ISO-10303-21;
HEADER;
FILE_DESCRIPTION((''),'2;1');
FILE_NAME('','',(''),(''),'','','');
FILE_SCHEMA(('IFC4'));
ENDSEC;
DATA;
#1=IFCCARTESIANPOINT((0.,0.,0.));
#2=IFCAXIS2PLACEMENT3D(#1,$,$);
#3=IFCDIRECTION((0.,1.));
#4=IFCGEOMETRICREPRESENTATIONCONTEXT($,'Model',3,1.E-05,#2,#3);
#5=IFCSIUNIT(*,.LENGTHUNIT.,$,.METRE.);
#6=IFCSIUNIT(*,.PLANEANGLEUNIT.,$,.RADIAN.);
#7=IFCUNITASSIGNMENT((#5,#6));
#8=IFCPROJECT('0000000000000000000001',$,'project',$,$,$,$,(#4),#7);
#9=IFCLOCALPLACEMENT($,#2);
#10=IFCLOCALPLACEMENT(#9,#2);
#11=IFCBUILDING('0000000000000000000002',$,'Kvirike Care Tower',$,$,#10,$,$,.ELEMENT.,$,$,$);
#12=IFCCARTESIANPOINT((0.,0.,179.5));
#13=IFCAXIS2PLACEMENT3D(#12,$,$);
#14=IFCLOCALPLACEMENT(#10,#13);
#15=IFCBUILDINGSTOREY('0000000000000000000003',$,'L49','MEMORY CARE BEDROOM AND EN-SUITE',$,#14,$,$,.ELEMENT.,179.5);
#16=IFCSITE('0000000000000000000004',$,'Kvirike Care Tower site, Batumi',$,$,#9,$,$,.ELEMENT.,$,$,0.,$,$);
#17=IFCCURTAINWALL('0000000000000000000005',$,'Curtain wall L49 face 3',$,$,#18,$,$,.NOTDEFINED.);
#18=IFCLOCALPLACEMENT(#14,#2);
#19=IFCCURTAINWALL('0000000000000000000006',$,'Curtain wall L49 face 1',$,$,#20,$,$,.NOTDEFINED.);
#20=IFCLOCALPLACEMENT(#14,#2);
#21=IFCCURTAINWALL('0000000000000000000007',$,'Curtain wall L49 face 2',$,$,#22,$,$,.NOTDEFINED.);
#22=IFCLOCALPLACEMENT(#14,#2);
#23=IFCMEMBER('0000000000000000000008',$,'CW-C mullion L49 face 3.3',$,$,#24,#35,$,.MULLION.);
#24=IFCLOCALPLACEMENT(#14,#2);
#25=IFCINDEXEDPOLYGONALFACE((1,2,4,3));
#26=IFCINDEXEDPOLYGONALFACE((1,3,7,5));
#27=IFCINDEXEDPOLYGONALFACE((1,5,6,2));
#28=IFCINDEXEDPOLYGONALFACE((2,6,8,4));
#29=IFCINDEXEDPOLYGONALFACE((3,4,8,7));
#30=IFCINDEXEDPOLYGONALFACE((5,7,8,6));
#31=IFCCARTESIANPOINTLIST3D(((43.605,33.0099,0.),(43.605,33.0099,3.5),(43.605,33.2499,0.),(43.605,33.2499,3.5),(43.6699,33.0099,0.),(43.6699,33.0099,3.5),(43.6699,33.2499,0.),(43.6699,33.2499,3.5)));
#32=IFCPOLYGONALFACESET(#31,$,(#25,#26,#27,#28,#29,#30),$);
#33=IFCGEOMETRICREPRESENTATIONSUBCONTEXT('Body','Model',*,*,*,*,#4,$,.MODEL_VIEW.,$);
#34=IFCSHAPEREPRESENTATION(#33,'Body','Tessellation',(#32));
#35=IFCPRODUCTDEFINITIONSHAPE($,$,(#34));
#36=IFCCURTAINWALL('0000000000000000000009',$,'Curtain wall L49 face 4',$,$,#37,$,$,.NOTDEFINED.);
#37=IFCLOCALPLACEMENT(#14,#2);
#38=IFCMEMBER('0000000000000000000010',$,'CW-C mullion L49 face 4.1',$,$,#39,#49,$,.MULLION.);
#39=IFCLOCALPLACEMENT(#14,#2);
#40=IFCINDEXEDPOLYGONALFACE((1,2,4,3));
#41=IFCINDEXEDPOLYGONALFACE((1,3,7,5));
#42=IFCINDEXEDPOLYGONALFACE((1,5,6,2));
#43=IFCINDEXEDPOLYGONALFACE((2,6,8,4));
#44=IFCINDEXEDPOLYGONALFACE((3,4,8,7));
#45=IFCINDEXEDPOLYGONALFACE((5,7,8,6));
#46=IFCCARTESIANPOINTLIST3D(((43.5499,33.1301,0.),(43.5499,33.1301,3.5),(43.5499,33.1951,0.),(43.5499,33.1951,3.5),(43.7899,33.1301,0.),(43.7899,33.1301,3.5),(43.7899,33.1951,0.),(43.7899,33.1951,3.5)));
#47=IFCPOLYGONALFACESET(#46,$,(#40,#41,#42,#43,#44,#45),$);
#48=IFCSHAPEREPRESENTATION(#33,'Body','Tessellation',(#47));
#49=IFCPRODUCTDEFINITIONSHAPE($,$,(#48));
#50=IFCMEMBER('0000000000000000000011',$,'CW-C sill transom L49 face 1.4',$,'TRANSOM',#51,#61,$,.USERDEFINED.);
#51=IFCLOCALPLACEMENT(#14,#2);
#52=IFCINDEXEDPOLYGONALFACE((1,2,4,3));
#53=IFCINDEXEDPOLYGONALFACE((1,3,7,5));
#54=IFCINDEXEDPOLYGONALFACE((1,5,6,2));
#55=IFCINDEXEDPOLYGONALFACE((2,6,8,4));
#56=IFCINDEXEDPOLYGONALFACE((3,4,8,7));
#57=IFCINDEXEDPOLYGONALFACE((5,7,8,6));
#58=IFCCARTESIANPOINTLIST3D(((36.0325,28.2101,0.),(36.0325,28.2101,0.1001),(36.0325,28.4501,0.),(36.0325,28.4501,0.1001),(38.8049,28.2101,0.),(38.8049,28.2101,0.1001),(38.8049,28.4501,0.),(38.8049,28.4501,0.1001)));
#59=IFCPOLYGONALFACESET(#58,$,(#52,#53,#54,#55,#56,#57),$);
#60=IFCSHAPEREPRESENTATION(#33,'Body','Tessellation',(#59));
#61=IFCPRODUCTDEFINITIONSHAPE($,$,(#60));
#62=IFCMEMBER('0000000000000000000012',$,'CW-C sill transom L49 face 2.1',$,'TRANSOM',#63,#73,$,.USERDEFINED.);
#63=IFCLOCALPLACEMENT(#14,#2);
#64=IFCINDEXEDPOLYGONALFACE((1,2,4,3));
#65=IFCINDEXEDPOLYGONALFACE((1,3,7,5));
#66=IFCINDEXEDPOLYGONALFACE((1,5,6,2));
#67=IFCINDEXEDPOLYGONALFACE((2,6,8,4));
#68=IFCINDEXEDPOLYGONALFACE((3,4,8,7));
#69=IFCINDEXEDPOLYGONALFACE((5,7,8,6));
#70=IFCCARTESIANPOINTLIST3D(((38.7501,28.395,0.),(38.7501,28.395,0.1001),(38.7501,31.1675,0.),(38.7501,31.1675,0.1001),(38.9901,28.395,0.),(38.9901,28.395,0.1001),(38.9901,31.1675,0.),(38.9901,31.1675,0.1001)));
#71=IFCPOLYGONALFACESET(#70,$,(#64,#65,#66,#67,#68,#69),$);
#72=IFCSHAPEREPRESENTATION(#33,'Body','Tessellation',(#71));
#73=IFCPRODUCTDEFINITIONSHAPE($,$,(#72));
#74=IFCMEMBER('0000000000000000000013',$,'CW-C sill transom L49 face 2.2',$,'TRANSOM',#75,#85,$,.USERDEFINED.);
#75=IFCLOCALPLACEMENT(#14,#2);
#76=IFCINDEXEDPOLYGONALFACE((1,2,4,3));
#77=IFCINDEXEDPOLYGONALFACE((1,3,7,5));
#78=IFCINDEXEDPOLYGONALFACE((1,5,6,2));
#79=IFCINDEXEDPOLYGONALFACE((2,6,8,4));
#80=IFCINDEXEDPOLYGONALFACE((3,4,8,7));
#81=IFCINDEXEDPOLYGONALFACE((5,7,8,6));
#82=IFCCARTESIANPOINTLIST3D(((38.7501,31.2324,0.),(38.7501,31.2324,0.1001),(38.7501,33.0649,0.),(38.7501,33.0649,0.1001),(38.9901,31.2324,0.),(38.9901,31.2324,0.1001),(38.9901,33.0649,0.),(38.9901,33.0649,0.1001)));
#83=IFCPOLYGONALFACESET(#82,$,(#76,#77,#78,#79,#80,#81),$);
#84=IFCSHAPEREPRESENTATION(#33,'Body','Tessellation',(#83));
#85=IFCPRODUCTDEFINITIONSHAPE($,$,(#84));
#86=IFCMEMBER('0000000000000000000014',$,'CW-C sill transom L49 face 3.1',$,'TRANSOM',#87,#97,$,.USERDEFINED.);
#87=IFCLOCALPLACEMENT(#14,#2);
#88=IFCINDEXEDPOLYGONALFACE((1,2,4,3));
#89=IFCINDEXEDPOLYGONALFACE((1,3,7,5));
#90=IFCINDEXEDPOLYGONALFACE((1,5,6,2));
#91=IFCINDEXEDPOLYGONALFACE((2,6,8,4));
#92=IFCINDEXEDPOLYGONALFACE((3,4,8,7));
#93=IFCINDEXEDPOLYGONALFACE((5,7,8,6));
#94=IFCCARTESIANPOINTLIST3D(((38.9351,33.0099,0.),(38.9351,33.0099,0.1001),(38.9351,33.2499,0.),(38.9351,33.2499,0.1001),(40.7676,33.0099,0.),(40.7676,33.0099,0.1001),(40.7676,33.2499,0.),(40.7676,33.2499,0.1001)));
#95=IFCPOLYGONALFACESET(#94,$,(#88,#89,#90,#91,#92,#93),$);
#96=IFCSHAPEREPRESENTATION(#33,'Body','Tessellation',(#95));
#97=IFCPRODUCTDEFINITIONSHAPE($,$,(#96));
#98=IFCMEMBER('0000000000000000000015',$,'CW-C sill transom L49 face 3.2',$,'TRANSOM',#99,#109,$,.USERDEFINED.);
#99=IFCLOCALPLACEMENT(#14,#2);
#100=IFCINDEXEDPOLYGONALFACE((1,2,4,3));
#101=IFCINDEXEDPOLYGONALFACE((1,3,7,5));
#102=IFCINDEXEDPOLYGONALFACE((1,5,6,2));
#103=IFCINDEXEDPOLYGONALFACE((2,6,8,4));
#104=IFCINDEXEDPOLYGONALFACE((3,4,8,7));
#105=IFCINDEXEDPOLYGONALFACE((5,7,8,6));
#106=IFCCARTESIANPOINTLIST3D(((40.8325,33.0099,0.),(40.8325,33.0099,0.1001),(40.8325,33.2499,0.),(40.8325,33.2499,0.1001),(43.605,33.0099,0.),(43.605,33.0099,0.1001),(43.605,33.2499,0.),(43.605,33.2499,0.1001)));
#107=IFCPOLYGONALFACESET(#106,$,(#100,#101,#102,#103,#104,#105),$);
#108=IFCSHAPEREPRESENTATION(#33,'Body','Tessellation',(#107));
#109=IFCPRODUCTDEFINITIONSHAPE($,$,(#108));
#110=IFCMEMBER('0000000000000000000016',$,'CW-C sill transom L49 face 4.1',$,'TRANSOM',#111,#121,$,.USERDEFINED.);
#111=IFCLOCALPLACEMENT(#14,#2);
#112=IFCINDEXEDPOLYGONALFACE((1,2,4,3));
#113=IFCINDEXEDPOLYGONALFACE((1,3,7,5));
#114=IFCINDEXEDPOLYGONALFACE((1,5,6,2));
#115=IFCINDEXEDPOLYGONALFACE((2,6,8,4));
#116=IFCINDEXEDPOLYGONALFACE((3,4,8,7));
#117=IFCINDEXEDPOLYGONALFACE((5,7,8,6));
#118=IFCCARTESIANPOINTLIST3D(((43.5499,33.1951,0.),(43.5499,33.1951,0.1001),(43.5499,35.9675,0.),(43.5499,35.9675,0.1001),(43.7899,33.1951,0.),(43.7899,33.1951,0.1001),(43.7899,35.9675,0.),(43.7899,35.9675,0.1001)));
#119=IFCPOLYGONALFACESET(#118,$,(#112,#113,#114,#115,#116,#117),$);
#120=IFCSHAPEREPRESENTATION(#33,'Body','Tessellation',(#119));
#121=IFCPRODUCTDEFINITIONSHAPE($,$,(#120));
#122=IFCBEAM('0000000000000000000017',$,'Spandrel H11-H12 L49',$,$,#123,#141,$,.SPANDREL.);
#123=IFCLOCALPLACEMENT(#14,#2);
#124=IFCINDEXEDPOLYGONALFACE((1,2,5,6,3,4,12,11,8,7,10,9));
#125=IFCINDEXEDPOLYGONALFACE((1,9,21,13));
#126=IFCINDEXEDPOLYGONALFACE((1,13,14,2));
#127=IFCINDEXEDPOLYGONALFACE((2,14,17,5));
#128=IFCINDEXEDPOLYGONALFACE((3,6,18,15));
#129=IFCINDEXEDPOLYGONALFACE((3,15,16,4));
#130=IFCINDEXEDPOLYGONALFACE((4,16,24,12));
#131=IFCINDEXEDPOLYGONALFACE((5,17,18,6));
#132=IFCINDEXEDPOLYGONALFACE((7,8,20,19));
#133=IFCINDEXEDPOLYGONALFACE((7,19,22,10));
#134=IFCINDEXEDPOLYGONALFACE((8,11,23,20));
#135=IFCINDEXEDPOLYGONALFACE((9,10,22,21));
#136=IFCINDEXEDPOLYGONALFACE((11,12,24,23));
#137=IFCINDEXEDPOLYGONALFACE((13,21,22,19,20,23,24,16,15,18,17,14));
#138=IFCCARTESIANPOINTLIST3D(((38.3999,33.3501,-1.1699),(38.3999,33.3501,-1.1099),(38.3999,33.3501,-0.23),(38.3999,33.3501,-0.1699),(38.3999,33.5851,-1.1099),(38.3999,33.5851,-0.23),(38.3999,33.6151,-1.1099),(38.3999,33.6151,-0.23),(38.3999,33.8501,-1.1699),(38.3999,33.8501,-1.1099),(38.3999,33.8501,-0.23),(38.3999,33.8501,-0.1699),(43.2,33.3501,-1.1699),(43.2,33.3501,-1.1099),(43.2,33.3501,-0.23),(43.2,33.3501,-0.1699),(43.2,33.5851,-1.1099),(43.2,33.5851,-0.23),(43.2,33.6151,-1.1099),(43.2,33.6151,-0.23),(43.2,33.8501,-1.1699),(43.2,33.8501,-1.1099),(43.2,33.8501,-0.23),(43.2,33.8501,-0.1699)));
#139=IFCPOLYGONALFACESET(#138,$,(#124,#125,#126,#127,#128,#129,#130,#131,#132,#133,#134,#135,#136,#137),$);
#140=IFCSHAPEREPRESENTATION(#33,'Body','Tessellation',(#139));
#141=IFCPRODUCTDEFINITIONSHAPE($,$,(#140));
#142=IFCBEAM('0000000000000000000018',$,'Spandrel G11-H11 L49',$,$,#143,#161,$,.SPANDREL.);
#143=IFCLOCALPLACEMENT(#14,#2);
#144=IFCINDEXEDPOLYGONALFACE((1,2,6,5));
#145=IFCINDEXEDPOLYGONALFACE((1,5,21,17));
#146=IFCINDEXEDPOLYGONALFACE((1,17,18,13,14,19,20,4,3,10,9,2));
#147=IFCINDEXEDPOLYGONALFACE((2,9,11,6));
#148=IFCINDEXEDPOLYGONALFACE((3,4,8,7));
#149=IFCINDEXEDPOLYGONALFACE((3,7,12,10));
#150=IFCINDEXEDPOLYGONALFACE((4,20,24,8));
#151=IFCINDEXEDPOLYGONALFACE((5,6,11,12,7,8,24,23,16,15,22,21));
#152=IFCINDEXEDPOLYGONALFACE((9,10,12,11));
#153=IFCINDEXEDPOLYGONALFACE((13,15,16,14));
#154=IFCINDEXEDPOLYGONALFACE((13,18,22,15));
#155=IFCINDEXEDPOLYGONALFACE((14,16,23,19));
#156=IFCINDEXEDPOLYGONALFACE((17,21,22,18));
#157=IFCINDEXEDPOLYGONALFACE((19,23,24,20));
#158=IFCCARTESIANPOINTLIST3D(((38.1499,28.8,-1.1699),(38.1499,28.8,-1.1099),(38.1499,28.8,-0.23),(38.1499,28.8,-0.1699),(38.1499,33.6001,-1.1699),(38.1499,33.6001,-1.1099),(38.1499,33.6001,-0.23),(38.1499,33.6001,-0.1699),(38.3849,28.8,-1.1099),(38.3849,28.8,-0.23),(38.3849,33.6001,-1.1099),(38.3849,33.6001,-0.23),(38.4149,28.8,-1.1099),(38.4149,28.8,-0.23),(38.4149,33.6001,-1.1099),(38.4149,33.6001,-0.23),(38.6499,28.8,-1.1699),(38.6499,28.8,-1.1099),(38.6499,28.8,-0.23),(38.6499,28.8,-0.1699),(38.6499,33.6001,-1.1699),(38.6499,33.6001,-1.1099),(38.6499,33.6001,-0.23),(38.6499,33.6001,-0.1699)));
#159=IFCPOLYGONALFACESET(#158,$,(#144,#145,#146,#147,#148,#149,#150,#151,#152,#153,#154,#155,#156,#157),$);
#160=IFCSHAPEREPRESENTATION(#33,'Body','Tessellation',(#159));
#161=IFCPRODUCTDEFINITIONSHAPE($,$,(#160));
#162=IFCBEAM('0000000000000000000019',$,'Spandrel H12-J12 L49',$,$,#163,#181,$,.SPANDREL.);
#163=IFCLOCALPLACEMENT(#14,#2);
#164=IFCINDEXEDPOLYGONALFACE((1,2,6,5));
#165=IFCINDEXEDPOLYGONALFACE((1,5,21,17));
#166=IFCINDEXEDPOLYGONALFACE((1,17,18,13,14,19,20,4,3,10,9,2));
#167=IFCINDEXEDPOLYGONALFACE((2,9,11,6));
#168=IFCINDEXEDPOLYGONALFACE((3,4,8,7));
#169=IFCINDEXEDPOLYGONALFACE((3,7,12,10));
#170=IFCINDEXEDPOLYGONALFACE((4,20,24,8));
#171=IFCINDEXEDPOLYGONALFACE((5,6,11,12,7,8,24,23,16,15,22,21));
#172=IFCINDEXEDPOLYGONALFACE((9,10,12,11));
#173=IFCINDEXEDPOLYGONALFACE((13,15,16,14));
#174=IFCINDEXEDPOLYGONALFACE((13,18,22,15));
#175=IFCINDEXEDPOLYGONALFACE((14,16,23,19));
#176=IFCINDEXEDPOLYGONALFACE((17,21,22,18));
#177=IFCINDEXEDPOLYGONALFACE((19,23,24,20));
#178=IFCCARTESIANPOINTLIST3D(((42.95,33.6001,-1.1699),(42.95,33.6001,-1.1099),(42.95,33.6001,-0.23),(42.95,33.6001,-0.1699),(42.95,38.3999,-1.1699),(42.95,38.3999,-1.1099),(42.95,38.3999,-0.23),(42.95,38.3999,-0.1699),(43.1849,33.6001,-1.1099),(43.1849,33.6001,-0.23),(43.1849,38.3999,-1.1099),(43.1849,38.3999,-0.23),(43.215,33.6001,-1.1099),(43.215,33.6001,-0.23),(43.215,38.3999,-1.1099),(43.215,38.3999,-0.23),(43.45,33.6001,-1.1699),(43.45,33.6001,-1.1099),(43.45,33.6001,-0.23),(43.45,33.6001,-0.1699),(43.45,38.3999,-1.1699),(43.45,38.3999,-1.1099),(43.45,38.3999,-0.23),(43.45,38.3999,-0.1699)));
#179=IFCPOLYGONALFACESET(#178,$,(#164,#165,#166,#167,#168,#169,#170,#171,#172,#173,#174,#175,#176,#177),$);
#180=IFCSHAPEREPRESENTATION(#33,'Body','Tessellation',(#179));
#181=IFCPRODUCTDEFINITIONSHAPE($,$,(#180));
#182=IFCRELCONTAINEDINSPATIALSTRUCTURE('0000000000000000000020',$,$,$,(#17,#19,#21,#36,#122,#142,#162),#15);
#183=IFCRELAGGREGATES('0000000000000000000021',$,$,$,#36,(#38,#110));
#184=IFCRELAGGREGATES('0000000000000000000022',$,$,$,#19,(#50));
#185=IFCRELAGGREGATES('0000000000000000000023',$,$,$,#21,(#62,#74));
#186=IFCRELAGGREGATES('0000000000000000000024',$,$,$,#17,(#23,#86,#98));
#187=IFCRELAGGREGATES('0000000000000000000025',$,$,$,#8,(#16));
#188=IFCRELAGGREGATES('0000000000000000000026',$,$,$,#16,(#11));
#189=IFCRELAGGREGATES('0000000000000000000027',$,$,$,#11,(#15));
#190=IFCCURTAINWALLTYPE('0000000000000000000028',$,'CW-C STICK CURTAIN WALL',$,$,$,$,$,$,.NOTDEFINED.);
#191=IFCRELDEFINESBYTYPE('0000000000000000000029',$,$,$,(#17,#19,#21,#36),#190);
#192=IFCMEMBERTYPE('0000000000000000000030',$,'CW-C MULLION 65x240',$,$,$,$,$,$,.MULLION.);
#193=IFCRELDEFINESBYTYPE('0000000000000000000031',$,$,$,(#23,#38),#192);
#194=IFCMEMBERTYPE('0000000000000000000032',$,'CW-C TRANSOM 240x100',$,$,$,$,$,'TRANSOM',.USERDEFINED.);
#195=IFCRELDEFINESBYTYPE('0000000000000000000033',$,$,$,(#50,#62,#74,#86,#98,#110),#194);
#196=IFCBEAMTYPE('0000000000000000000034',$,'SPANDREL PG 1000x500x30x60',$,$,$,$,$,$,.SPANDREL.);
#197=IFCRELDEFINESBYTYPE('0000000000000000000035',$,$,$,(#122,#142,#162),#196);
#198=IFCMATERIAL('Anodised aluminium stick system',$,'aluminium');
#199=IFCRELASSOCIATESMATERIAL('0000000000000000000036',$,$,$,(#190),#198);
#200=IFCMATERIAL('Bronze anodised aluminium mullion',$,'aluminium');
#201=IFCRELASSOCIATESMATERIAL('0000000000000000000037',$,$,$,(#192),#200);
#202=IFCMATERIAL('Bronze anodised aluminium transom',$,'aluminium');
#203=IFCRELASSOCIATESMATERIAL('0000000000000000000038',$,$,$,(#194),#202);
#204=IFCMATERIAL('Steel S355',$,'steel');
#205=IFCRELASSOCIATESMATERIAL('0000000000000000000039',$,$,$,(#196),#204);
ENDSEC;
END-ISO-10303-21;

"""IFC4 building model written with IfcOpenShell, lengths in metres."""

from ifc_helpers import new_model, si_unit, direction, frame, origin, origin_2d, place, context, subcontext, project, spatial, rectangle, i_section, extrude, material, material_profile, profile_set, type_object, element, aggregate, save


model = new_model("IFC4")

# Units and contexts
model_context = context("Model", 3, precision=1e-05, world=origin(), true_north=direction((0.0, 1.0)))
body_context = subcontext(model_context, "Body", "Model", "MODEL_VIEW")
ifc_project = project(units=[si_unit("LENGTHUNIT", "METRE"), si_unit("PLANEANGLEUNIT", "RADIAN")], contexts=[model_context])

# Site, building, storey
site_placement = place(None, origin())
site = spatial("IfcSite", under=ifc_project, at=site_placement, Name="Kvirike Care Tower site, Batumi", CompositionType="ELEMENT", RefElevation=0.0)
building_placement = place(site_placement, origin())
building = spatial("IfcBuilding", under=site, at=building_placement, Name="Kvirike Care Tower", CompositionType="ELEMENT")
storey_placement = place(building_placement, frame((0.0, 0.0, 179.5)))
storey = spatial("IfcBuildingStorey", under=building, at=storey_placement, Name="L49", Description="MEMORY CARE BEDROOM AND EN-SUITE", CompositionType="ELEMENT", Elevation=179.5)

# Curtain wall
ifc_material_1 = material(Name="Anodised aluminium stick system", Category="aluminium")
curtain_wall_type = type_object("IfcCurtainWallType", Name="CW-C STICK CURTAIN WALL", PredefinedType="NOTDEFINED", material=ifc_material_1)
curtain_wall_1_placement = place(storey_placement, origin())
curtain_wall_1 = element("IfcCurtainWall", 1, at=curtain_wall_1_placement, inside=storey, type_object=curtain_wall_type, Name="Curtain wall L49 face 3", PredefinedType="NOTDEFINED")

# Curtain walls
curtain_wall_2_placement = place(storey_placement, origin())
curtain_wall_2 = element("IfcCurtainWall", 2, at=curtain_wall_2_placement, inside=storey, type_object=curtain_wall_type, Name="Curtain wall L49 face 1", PredefinedType="NOTDEFINED")
ifc_material_2 = material(Name="Bronze anodised aluminium mullion", Category="aluminium")
ifc_material_profile_1 = material_profile(ifc_material_2, rectangle(XDim=0.0649, YDim=0.24, at=origin_2d()), Name="CW-C MULLION 65x240")
ifc_profile_set_1 = profile_set([ifc_material_profile_1], Name="Bronze anodised aluminium mullion")
member_type_1 = type_object("IfcMemberType", Name="CW-C MULLION 65x240", PredefinedType="MULLION", material=ifc_profile_set_1)
curtain_wall_3_placement = place(storey_placement, origin())
curtain_wall_3 = element("IfcCurtainWall", 3, at=curtain_wall_3_placement, inside=storey, type_object=curtain_wall_type, Name="Curtain wall L49 face 2", PredefinedType="NOTDEFINED")

# Member
member_1_placement = place(storey_placement, frame((43.6375, 33.1299, 0.0), z_axis=(0.0, 0.0, 1.0), x_axis=(1.0, 0.0, 0.0)))
member_1 = element("IfcMember", 4, at=member_1_placement, type_object=member_type_1, Name="CW-C mullion L49 face 3.3", PredefinedType="MULLION", context=body_context, shape_type="SweptSolid", body=[
    extrude(rectangle(XDim=0.0649, YDim=0.24, at=origin_2d()), origin(), (0.0, 0.0, 1.0), 3.5),
])

# Curtain wall, member
curtain_wall_4_placement = place(storey_placement, origin())
curtain_wall_4 = element("IfcCurtainWall", 5, at=curtain_wall_4_placement, inside=storey, type_object=curtain_wall_type, Name="Curtain wall L49 face 4", PredefinedType="NOTDEFINED")
member_2_placement = place(storey_placement, frame((43.6699, 33.1626, 0.0), z_axis=(0.0, 0.0, 1.0), x_axis=(0.0, 1.0, 0.0)))
member_2 = element("IfcMember", 6, at=member_2_placement, type_object=member_type_1, Name="CW-C mullion L49 face 4.1", PredefinedType="MULLION", context=body_context, shape_type="SweptSolid", body=[
    extrude(rectangle(XDim=0.0649, YDim=0.24, at=origin_2d()), origin(), (0.0, 0.0, 1.0), 3.5),
])

# Members
ifc_material_3 = material(Name="Bronze anodised aluminium transom", Category="aluminium")
ifc_material_profile_2 = material_profile(ifc_material_3, rectangle(XDim=0.24, YDim=0.1001, at=origin_2d()), Name="CW-C TRANSOM 240x100")
ifc_profile_set_2 = profile_set([ifc_material_profile_2], Name="Bronze anodised aluminium transom")
member_type_2 = type_object("IfcMemberType", Name="CW-C TRANSOM 240x100", ElementType="TRANSOM", PredefinedType="USERDEFINED", material=ifc_profile_set_2)
member_3_placement = place(storey_placement, frame((36.0325, 28.3301, 0.05), z_axis=(1.0, 0.0, 0.0), x_axis=(0.0, 1.0, 0.0)))
member_3 = element("IfcMember", 7, at=member_3_placement, type_object=member_type_2, Name="CW-C sill transom L49 face 1.4", ObjectType="TRANSOM", PredefinedType="USERDEFINED", context=body_context, shape_type="SweptSolid", body=[
    extrude(rectangle(XDim=0.24, YDim=0.1001, at=origin_2d()), origin(), (0.0, 0.0, 1.0), 2.7725),
])
member_4_placement = place(storey_placement, frame((38.8701, 28.395, 0.05), z_axis=(0.0, 1.0, 0.0), x_axis=(-1.0, 0.0, 0.0)))
member_4 = element("IfcMember", 8, at=member_4_placement, type_object=member_type_2, Name="CW-C sill transom L49 face 2.1", ObjectType="TRANSOM", PredefinedType="USERDEFINED", context=body_context, shape_type="SweptSolid", body=[
    extrude(rectangle(XDim=0.24, YDim=0.1001, at=origin_2d()), origin(), (0.0, 0.0, 1.0), 2.7725),
])
member_5_placement = place(storey_placement, frame((38.8701, 31.2324, 0.05), z_axis=(0.0, 1.0, 0.0), x_axis=(-1.0, 0.0, 0.0)))
member_5 = element("IfcMember", 9, at=member_5_placement, type_object=member_type_2, Name="CW-C sill transom L49 face 2.2", ObjectType="TRANSOM", PredefinedType="USERDEFINED", context=body_context, shape_type="SweptSolid", body=[
    extrude(rectangle(XDim=0.24, YDim=0.1001, at=origin_2d()), origin(), (0.0, 0.0, 1.0), 1.8325),
])
member_6_placement = place(storey_placement, frame((38.9351, 33.1299, 0.05), z_axis=(1.0, 0.0, 0.0), x_axis=(0.0, 1.0, 0.0)))
member_6 = element("IfcMember", 10, at=member_6_placement, type_object=member_type_2, Name="CW-C sill transom L49 face 3.1", ObjectType="TRANSOM", PredefinedType="USERDEFINED", context=body_context, shape_type="SweptSolid", body=[
    extrude(rectangle(XDim=0.24, YDim=0.1001, at=origin_2d()), origin(), (0.0, 0.0, 1.0), 1.8325),
])
member_7_placement = place(storey_placement, frame((40.8325, 33.1299, 0.05), z_axis=(1.0, 0.0, 0.0), x_axis=(0.0, 1.0, 0.0)))
member_7 = element("IfcMember", 11, at=member_7_placement, type_object=member_type_2, Name="CW-C sill transom L49 face 3.2", ObjectType="TRANSOM", PredefinedType="USERDEFINED", context=body_context, shape_type="SweptSolid", body=[
    extrude(rectangle(XDim=0.24, YDim=0.1001, at=origin_2d()), origin(), (0.0, 0.0, 1.0), 2.7725),
])
member_8_placement = place(storey_placement, frame((43.6699, 33.1951, 0.05), z_axis=(0.0, 1.0, 0.0), x_axis=(-1.0, 0.0, 0.0)))
member_8 = element("IfcMember", 12, at=member_8_placement, type_object=member_type_2, Name="CW-C sill transom L49 face 4.1", ObjectType="TRANSOM", PredefinedType="USERDEFINED", context=body_context, shape_type="SweptSolid", body=[
    extrude(rectangle(XDim=0.24, YDim=0.1001, at=origin_2d()), origin(), (0.0, 0.0, 1.0), 2.7725),
])
aggregate(curtain_wall_4, [member_2, member_8])

# Beams
ifc_material_4 = material(Name="Steel S355", Category="steel")
ifc_material_profile_3 = material_profile(ifc_material_4, i_section(OverallWidth=0.5, OverallDepth=1.0, WebThickness=0.03, FlangeThickness=0.0601, at=origin_2d()), Name="PG 1000x500x30x60")
ifc_profile_set_3 = profile_set([ifc_material_profile_3], Name="Steel S355")
beam_type_1 = type_object("IfcBeamType", Name="SPANDREL PG 1000x500x30x60", PredefinedType="SPANDREL", material=ifc_profile_set_3)
for number, where, z_axis, x_axis, name in (
    (13, (38.3999, 33.6001, -0.6699), (1.0, 0.0, 0.0), (0.0, 1.0, 0.0), "Spandrel H11-H12 L49"),
    (14, (38.3999, 28.8, -0.6699), (0.0, 1.0, 0.0), (-1.0, 0.0, 0.0), "Spandrel G11-H11 L49"),
):
    element("IfcBeam", number, at=place(storey_placement, frame(where, z_axis=z_axis, x_axis=x_axis)), inside=storey, type_object=beam_type_1, Name=name, PredefinedType="SPANDREL", context=body_context, shape_type="SweptSolid", body=[
        extrude(i_section(OverallWidth=0.5, OverallDepth=1.0, WebThickness=0.03, FlangeThickness=0.0601, at=origin_2d()), origin(), (0.0, 0.0, 1.0), 4.8),
    ])
beam_1_placement = place(storey_placement, frame((43.2, 33.6001, -0.6699), z_axis=(0.0, 1.0, 0.0), x_axis=(-1.0, 0.0, 0.0)))
element("IfcBeam", 15, at=beam_1_placement, inside=storey, type_object=beam_type_1, Name="Spandrel H12-J12 L49", PredefinedType="SPANDREL", context=body_context, shape_type="SweptSolid", body=[
    extrude(i_section(OverallWidth=0.5, OverallDepth=1.0, WebThickness=0.03, FlangeThickness=0.0601, at=origin_2d()), origin(), (0.0, 0.0, 1.0), 4.7998),
])

aggregate(curtain_wall_2, [member_3])
aggregate(curtain_wall_3, [member_4, member_5])
aggregate(curtain_wall_1, [member_1, member_6, member_7])

save(model, "model.ifc")
